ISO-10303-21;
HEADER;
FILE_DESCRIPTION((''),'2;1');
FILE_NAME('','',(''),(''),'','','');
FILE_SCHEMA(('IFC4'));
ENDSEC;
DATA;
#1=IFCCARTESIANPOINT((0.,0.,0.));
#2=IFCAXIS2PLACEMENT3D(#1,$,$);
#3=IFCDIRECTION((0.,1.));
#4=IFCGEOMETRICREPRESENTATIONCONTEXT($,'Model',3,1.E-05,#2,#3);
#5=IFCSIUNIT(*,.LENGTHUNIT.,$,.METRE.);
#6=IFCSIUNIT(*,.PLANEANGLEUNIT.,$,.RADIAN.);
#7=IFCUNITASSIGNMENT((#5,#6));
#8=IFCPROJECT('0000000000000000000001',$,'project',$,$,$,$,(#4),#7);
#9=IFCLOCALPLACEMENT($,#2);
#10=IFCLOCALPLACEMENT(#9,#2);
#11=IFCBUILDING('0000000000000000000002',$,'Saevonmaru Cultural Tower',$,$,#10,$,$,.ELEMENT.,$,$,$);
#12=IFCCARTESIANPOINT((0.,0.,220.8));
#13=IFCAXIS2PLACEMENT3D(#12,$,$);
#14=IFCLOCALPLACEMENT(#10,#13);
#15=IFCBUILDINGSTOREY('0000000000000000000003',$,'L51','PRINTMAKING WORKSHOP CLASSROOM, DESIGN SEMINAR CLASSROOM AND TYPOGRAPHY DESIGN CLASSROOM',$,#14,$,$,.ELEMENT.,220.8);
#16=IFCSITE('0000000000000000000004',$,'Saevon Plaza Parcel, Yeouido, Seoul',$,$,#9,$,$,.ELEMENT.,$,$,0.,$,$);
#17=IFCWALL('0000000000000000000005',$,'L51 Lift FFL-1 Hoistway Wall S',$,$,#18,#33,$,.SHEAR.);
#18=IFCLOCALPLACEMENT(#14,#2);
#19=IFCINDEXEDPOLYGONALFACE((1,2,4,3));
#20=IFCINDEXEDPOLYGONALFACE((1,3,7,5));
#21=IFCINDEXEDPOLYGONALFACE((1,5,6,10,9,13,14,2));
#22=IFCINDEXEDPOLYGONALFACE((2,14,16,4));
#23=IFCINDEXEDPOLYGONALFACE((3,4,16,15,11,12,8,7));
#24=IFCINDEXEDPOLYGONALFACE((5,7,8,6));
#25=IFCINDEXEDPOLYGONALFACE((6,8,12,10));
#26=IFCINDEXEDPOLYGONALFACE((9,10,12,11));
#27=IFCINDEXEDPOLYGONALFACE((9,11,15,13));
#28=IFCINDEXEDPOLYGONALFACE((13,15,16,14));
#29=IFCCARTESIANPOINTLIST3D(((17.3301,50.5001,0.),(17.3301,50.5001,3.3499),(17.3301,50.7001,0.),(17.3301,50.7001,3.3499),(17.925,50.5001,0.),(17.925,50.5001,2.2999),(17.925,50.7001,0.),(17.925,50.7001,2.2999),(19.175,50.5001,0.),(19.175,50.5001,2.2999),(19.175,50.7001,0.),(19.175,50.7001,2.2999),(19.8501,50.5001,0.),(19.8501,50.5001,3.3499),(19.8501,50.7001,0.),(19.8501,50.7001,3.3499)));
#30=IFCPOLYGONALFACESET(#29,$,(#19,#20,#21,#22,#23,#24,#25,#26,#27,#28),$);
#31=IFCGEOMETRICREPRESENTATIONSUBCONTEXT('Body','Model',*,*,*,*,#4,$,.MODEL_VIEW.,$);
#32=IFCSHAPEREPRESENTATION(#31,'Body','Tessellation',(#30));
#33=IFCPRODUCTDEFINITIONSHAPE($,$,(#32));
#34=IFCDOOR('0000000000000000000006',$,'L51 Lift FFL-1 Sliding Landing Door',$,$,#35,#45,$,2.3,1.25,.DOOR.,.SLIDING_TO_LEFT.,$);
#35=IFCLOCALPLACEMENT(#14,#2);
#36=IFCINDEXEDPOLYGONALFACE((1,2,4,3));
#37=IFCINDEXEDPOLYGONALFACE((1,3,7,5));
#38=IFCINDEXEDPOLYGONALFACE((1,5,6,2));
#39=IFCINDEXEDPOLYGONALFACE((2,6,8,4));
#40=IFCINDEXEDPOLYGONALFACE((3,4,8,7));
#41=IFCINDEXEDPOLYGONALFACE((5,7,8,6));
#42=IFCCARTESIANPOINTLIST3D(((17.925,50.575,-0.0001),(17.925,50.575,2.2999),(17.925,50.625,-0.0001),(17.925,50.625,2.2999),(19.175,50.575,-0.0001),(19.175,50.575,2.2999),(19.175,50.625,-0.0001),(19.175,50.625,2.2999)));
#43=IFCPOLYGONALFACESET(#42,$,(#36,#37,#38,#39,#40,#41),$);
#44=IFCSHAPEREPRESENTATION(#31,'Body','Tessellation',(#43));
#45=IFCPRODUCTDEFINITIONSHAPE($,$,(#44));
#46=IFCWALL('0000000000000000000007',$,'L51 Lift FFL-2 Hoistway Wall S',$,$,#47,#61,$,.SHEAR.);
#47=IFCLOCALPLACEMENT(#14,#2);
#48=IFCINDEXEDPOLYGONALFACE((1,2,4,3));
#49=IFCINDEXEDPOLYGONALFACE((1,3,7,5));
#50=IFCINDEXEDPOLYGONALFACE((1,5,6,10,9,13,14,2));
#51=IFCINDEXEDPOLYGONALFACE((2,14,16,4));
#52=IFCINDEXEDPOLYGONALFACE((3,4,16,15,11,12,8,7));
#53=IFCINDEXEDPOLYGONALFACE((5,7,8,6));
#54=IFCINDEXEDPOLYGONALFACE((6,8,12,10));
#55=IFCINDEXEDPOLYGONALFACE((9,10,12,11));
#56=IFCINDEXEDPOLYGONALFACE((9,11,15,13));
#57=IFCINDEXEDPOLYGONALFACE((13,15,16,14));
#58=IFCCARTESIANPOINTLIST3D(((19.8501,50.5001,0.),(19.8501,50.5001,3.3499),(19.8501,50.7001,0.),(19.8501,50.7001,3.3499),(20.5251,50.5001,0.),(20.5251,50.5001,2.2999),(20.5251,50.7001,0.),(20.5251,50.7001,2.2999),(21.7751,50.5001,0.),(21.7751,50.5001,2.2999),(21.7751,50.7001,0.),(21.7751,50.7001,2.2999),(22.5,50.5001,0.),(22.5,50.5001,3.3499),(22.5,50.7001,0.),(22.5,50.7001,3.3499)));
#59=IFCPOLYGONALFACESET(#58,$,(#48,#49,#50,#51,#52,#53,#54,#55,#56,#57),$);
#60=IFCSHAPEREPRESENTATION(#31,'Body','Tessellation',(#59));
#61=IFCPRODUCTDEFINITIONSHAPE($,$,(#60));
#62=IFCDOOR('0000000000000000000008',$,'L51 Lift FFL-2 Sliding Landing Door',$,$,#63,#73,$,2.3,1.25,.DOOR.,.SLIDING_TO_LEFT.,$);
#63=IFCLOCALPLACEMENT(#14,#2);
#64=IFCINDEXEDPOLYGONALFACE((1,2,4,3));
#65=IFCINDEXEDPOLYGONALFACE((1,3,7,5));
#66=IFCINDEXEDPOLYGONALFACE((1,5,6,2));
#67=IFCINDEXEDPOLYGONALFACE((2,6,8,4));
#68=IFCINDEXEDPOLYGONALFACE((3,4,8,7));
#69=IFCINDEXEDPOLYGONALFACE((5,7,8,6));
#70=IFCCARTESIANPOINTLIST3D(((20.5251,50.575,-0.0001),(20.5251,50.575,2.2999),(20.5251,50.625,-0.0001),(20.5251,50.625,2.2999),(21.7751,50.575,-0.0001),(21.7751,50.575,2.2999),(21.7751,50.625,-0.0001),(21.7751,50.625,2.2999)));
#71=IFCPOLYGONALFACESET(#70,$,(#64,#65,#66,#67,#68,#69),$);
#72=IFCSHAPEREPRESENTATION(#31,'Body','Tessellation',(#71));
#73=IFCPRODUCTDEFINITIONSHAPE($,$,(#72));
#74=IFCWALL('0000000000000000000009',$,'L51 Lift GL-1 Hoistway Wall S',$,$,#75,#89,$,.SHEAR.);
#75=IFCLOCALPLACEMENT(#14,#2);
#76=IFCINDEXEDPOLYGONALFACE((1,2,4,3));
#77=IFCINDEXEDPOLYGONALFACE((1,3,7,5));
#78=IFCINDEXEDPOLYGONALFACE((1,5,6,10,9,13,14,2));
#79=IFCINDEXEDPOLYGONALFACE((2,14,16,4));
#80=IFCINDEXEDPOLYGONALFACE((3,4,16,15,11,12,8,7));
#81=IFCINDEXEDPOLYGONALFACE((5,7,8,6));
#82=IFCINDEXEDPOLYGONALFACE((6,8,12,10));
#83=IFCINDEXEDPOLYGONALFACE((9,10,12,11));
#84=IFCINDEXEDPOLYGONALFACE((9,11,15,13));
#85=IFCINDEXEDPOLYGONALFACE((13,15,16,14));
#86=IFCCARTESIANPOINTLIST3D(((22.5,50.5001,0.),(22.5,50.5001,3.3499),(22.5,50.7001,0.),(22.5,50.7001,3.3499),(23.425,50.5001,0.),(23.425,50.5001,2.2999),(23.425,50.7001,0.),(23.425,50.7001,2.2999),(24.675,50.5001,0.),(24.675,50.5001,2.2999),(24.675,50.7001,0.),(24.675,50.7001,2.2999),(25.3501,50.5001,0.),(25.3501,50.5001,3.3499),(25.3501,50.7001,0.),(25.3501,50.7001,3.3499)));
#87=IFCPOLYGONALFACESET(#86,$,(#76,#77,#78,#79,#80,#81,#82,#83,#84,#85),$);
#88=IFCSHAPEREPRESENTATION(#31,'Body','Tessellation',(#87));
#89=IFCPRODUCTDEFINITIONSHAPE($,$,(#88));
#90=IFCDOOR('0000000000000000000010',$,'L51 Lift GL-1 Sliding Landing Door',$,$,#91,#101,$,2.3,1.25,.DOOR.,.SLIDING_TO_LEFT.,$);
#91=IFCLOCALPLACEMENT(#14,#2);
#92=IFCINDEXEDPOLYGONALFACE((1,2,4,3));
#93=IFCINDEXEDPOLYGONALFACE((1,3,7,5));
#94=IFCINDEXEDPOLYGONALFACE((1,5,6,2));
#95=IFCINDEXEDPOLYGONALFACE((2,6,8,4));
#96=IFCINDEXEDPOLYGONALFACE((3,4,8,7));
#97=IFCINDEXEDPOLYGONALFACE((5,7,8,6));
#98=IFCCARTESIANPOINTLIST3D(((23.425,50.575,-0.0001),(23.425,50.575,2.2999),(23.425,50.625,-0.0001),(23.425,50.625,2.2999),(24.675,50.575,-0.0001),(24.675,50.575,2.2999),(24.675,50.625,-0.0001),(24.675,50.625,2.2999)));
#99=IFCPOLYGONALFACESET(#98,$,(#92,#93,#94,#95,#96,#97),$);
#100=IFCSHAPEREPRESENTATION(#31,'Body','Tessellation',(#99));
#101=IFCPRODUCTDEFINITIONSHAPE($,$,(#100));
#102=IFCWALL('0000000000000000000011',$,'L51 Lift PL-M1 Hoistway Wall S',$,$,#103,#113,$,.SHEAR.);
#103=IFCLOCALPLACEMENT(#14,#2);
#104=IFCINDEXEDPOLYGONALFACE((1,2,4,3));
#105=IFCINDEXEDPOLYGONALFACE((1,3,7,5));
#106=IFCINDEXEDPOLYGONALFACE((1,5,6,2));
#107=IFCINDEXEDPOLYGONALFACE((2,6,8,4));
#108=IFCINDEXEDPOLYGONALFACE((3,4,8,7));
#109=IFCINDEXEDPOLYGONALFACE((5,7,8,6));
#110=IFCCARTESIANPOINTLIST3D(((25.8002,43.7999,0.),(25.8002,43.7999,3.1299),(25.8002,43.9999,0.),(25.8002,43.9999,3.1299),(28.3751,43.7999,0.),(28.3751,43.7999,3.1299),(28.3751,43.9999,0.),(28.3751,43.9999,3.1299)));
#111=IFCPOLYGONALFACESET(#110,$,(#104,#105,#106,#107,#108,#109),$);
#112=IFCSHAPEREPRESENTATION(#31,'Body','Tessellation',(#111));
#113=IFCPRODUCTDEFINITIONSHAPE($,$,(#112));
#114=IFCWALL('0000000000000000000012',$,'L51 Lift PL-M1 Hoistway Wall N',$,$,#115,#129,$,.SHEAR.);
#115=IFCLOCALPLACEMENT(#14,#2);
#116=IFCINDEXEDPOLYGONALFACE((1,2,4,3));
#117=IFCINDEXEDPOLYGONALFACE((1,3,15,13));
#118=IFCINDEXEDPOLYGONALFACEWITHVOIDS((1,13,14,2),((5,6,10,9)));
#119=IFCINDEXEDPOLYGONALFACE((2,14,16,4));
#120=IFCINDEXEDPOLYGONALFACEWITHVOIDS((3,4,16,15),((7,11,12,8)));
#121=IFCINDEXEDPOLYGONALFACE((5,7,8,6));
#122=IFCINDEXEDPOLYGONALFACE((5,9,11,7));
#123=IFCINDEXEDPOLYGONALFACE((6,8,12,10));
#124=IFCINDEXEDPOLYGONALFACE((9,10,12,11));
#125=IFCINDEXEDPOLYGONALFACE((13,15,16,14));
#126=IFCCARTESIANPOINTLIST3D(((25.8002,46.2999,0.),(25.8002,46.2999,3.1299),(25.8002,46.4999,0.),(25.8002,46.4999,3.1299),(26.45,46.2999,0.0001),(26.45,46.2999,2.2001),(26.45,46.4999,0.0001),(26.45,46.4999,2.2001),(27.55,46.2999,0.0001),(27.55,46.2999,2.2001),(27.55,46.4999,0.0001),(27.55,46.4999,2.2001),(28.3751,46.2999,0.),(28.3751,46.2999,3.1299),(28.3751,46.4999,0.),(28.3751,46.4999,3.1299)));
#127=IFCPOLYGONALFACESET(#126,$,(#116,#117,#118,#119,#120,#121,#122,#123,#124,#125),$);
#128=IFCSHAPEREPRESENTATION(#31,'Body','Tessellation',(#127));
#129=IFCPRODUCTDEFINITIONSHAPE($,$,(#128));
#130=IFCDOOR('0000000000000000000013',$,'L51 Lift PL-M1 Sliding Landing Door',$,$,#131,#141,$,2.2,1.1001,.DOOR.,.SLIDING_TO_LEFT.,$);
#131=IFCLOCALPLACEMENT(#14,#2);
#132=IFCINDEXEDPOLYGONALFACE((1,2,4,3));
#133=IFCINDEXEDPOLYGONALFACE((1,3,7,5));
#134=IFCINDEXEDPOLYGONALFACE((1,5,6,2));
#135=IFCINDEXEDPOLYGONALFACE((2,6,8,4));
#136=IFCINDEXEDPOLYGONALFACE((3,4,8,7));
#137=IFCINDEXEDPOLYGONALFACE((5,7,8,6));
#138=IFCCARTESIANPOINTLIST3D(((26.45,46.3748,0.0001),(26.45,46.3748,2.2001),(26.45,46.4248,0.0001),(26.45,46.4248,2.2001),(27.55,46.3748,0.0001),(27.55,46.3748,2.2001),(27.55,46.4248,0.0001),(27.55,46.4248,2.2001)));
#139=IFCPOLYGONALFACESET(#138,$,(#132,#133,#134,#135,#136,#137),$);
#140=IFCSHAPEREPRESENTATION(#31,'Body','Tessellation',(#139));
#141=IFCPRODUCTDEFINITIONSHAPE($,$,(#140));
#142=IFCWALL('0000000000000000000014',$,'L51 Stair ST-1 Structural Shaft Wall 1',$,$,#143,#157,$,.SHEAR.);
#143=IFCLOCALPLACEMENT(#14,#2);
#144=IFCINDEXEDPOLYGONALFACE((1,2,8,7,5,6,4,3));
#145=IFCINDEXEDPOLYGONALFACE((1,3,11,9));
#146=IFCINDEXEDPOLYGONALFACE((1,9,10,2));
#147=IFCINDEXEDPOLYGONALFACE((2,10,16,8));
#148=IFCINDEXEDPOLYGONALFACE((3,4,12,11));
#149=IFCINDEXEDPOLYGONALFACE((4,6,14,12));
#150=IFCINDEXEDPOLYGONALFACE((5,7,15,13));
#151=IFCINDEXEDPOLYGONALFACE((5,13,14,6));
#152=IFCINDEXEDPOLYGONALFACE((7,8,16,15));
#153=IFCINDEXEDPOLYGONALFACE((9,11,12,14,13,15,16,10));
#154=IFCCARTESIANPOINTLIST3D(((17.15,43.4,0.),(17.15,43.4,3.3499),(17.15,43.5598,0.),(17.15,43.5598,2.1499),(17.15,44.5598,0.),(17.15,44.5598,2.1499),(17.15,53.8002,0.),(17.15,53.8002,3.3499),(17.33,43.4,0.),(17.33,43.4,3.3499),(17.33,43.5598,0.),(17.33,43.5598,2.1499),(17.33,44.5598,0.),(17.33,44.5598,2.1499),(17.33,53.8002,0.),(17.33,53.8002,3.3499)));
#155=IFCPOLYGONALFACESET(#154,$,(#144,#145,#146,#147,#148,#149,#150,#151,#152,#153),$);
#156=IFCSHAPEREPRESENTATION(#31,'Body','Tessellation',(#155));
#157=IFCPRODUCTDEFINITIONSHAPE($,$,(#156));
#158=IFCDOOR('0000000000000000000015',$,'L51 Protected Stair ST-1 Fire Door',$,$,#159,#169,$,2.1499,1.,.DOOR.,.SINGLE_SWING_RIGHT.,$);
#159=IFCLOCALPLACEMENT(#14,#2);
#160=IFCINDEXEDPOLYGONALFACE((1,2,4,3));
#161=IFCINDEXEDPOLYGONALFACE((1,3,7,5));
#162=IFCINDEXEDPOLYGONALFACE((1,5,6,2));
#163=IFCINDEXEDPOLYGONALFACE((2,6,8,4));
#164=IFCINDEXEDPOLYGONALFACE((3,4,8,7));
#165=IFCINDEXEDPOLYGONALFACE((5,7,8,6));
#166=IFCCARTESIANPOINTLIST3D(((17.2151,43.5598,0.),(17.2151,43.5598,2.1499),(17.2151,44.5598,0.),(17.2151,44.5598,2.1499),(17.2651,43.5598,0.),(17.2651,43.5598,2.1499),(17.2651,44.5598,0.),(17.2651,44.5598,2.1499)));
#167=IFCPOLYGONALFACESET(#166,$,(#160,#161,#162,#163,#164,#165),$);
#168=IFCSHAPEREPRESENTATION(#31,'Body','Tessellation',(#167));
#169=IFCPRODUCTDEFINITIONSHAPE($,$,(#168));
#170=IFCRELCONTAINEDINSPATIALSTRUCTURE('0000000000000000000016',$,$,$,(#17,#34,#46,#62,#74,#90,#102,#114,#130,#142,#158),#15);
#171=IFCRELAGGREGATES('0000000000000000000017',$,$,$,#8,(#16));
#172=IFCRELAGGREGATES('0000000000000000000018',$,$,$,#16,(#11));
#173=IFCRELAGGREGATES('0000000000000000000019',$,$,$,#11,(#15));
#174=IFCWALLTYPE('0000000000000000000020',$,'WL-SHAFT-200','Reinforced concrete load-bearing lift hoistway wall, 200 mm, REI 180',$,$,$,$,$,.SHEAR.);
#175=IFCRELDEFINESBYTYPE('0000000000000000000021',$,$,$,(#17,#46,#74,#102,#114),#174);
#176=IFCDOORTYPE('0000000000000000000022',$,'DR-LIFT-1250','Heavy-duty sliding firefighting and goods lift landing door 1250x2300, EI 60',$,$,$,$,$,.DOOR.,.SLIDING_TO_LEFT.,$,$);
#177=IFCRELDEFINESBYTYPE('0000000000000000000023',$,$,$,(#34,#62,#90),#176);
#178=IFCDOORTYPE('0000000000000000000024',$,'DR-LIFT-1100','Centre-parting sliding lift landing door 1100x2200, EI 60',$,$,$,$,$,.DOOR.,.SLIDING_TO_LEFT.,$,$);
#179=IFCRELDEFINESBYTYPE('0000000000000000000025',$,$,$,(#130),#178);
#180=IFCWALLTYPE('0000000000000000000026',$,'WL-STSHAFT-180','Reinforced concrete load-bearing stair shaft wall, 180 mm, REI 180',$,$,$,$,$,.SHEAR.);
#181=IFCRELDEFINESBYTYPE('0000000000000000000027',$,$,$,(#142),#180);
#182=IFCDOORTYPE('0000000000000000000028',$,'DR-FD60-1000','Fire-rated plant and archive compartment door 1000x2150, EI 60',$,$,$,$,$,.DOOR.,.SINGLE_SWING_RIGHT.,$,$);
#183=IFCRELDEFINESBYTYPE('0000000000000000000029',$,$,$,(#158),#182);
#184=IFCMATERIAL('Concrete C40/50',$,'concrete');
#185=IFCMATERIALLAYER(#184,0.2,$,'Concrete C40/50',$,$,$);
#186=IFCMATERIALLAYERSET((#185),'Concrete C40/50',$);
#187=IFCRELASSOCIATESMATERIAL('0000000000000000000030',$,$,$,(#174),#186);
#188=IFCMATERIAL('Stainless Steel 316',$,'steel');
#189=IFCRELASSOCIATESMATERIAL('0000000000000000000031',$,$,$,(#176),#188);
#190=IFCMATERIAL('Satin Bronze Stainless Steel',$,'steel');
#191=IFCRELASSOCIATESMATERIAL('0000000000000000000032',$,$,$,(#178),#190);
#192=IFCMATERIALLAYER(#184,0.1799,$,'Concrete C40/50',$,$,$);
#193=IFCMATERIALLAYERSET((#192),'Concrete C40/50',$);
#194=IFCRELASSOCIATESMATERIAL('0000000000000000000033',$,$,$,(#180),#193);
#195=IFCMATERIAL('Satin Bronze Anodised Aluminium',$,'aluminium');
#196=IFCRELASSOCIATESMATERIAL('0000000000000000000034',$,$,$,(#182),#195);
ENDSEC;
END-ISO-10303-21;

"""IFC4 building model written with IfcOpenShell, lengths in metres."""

from ifc_helpers import new_model, si_unit, direction, frame, frame_2d, origin, place, context, subcontext, project, spatial, rectangle, extrude, material, layer, layer_set, type_object, element, fill, save


model = new_model("IFC4")

# Units and contexts
model_context = context("Model", 3, precision=1e-05, world=origin(), true_north=direction((0.0, 1.0)))
body_context = subcontext(model_context, "Body", "Model", "MODEL_VIEW")
ifc_project = project(units=[si_unit("LENGTHUNIT", "METRE"), si_unit("PLANEANGLEUNIT", "RADIAN")], contexts=[model_context])

# Site, building, storey
site_placement = place(None, origin())
site = spatial("IfcSite", under=ifc_project, at=site_placement, Name="Saevon Plaza Parcel, Yeouido, Seoul", CompositionType="ELEMENT", RefElevation=0.0)
building_placement = place(site_placement, origin())
building = spatial("IfcBuilding", under=site, at=building_placement, Name="Saevonmaru Cultural Tower", CompositionType="ELEMENT")
storey_placement = place(building_placement, frame((0.0, 0.0, 220.8)))
storey = spatial("IfcBuildingStorey", under=building, at=storey_placement, Name="L51", Description="PRINTMAKING WORKSHOP CLASSROOM, DESIGN SEMINAR CLASSROOM AND TYPOGRAPHY DESIGN CLASSROOM", CompositionType="ELEMENT", Elevation=220.8)

# Shared definitions
ifc_material_1 = material(Name="Satin Bronze Anodised Aluminium", Category="aluminium")

# Walls, openings, doors
ifc_material_2 = material(Name="Concrete C40/50", Category="concrete")
ifc_layer_1 = layer(ifc_material_2, 0.2, Name="Concrete C40/50")
ifc_layer_set_1 = layer_set([ifc_layer_1], Name="Concrete C40/50")
wall_type_1 = type_object("IfcWallType", Name="WL-SHAFT-200", Description="Reinforced concrete load-bearing lift hoistway wall, 200 mm, REI 180", PredefinedType="SHEAR", material=ifc_layer_set_1)
wall_1_placement = place(storey_placement, frame((17.3301, 50.6001, 0.0), z_axis=(0.0, 0.0, 1.0), x_axis=(1.0, 0.0, 0.0)))
wall_1 = element("IfcWall", 1, at=wall_1_placement, inside=storey, type_object=wall_type_1, Name="L51 Lift FFL-1 Hoistway Wall S", PredefinedType="SHEAR", context=body_context, shape_type="SweptSolid", body=[
    extrude(rectangle(XDim=2.52, YDim=0.2, at=frame_2d((1.26, 0.0))), origin(), (0.0, 0.0, 1.0), 3.3499),
])
opening_1_placement = place(wall_1_placement, frame((0.595, 0.0, 0.0)))
opening_1 = element("IfcOpeningElement", 2, at=opening_1_placement, cuts=wall_1, PredefinedType="OPENING", context=body_context, shape_type="SweptSolid", body=[
    extrude(rectangle(XDim=1.25, YDim=2.3, at=frame_2d((0.625, 1.1499))), frame((0.0, 0.1099, 0.0), z_axis=(0.0, -1.0, 0.0), x_axis=(1.0, 0.0, 0.0)), (0.0, 0.0, 1.0), 0.22),
])
ifc_material_3 = material(Name="Stainless Steel 316", Category="steel")
door_type_1 = type_object("IfcDoorType", Name="DR-LIFT-1250", Description="Heavy-duty sliding firefighting and goods lift landing door 1250x2300, EI 60", OperationType="SLIDING_TO_LEFT", PredefinedType="DOOR", material=ifc_material_3)
door_1_placement = place(opening_1_placement, origin())
door_1 = element("IfcDoor", 3, at=door_1_placement, inside=storey, type_object=door_type_1, Name="L51 Lift FFL-1 Sliding Landing Door", OperationType="SLIDING_TO_LEFT", OverallHeight=2.3, OverallWidth=1.25, PredefinedType="DOOR", context=body_context, shape_type="SweptSolid", body=[
    extrude(rectangle(XDim=1.25, YDim=2.3, at=frame_2d((0.625, 1.1499))), frame((0.0, 0.0249, 0.0), z_axis=(0.0, -1.0, 0.0), x_axis=(1.0, 0.0, 0.0)), (0.0, 0.0, 1.0), 0.05),
])
fill(opening_1, door_1)
wall_2_placement = place(storey_placement, frame((19.8501, 50.6001, 0.0), z_axis=(0.0, 0.0, 1.0), x_axis=(1.0, 0.0, 0.0)))
wall_2 = element("IfcWall", 4, at=wall_2_placement, inside=storey, type_object=wall_type_1, Name="L51 Lift FFL-2 Hoistway Wall S", PredefinedType="SHEAR", context=body_context, shape_type="SweptSolid", body=[
    extrude(rectangle(XDim=2.6499, YDim=0.2, at=frame_2d((1.325, 0.0))), origin(), (0.0, 0.0, 1.0), 3.3499),
])
opening_2_placement = place(wall_2_placement, frame((0.675, 0.0, 0.0)))
opening_2 = element("IfcOpeningElement", 5, at=opening_2_placement, cuts=wall_2, PredefinedType="OPENING", context=body_context, shape_type="SweptSolid", body=[
    extrude(rectangle(XDim=1.25, YDim=2.3, at=frame_2d((0.625, 1.1499))), frame((0.0, 0.1099, 0.0), z_axis=(0.0, -1.0, 0.0), x_axis=(1.0, 0.0, 0.0)), (0.0, 0.0, 1.0), 0.22),
])
door_2_placement = place(opening_2_placement, origin())
door_2 = element("IfcDoor", 6, at=door_2_placement, inside=storey, type_object=door_type_1, Name="L51 Lift FFL-2 Sliding Landing Door", OperationType="SLIDING_TO_LEFT", OverallHeight=2.3, OverallWidth=1.25, PredefinedType="DOOR", context=body_context, shape_type="SweptSolid", body=[
    extrude(rectangle(XDim=1.25, YDim=2.3, at=frame_2d((0.625, 1.1499))), frame((0.0, 0.0249, 0.0), z_axis=(0.0, -1.0, 0.0), x_axis=(1.0, 0.0, 0.0)), (0.0, 0.0, 1.0), 0.05),
])
fill(opening_2, door_2)
wall_3_placement = place(storey_placement, frame((22.5, 50.6001, 0.0), z_axis=(0.0, 0.0, 1.0), x_axis=(1.0, 0.0, 0.0)))
wall_3 = element("IfcWall", 7, at=wall_3_placement, inside=storey, type_object=wall_type_1, Name="L51 Lift GL-1 Hoistway Wall S", PredefinedType="SHEAR", context=body_context, shape_type="SweptSolid", body=[
    extrude(rectangle(XDim=2.8501, YDim=0.2, at=frame_2d((1.425, 0.0))), origin(), (0.0, 0.0, 1.0), 3.3499),
])
opening_3_placement = place(wall_3_placement, frame((0.925, 0.0, 0.0)))
opening_3 = element("IfcOpeningElement", 8, at=opening_3_placement, cuts=wall_3, PredefinedType="OPENING", context=body_context, shape_type="SweptSolid", body=[
    extrude(rectangle(XDim=1.25, YDim=2.3, at=frame_2d((0.625, 1.1499))), frame((0.0, 0.1099, 0.0), z_axis=(0.0, -1.0, 0.0), x_axis=(1.0, 0.0, 0.0)), (0.0, 0.0, 1.0), 0.22),
])
door_3_placement = place(opening_3_placement, origin())
door_3 = element("IfcDoor", 9, at=door_3_placement, inside=storey, type_object=door_type_1, Name="L51 Lift GL-1 Sliding Landing Door", OperationType="SLIDING_TO_LEFT", OverallHeight=2.3, OverallWidth=1.25, PredefinedType="DOOR", context=body_context, shape_type="SweptSolid", body=[
    extrude(rectangle(XDim=1.25, YDim=2.3, at=frame_2d((0.625, 1.1499))), frame((0.0, 0.0249, 0.0), z_axis=(0.0, -1.0, 0.0), x_axis=(1.0, 0.0, 0.0)), (0.0, 0.0, 1.0), 0.05),
])
fill(opening_3, door_3)

# Wall
wall_4_placement = place(storey_placement, frame((25.8, 43.8999, 0.0), z_axis=(0.0, 0.0, 1.0), x_axis=(1.0, 0.0, 0.0)))
element("IfcWall", 10, at=wall_4_placement, inside=storey, type_object=wall_type_1, Name="L51 Lift PL-M1 Hoistway Wall S", PredefinedType="SHEAR", context=body_context, shape_type="SweptSolid", body=[
    extrude(rectangle(XDim=2.575, YDim=0.2, at=frame_2d((1.2876, 0.0))), origin(), (0.0, 0.0, 1.0), 3.1299),
])

# Walls, openings, doors
wall_5_placement = place(storey_placement, frame((25.8, 46.3999, 0.0), z_axis=(0.0, 0.0, 1.0), x_axis=(1.0, 0.0, 0.0)))
wall_5 = element("IfcWall", 11, at=wall_5_placement, inside=storey, type_object=wall_type_1, Name="L51 Lift PL-M1 Hoistway Wall N", PredefinedType="SHEAR", context=body_context, shape_type="SweptSolid", body=[
    extrude(rectangle(XDim=2.575, YDim=0.2, at=frame_2d((1.2876, 0.0))), origin(), (0.0, 0.0, 1.0), 3.1299),
])
opening_4_placement = place(wall_5_placement, frame((0.6499, 0.0, 0.0)))
opening_4 = element("IfcOpeningElement", 12, at=opening_4_placement, cuts=wall_5, PredefinedType="OPENING", context=body_context, shape_type="SweptSolid", body=[
    extrude(rectangle(XDim=1.1001, YDim=2.2, at=frame_2d((0.55, 1.1001))), frame((0.0, 0.1099, 0.0), z_axis=(0.0, -1.0, 0.0), x_axis=(1.0, 0.0, 0.0)), (0.0, 0.0, 1.0), 0.22),
])
ifc_material_4 = material(Name="Satin Bronze Stainless Steel", Category="steel")
door_type_2 = type_object("IfcDoorType", Name="DR-LIFT-1100", Description="Centre-parting sliding lift landing door 1100x2200, EI 60", OperationType="SLIDING_TO_LEFT", PredefinedType="DOOR", material=ifc_material_4)
door_4_placement = place(opening_4_placement, origin())
door_4 = element("IfcDoor", 13, at=door_4_placement, inside=storey, type_object=door_type_2, Name="L51 Lift PL-M1 Sliding Landing Door", OperationType="SLIDING_TO_LEFT", OverallHeight=2.2, OverallWidth=1.1001, PredefinedType="DOOR", context=body_context, shape_type="SweptSolid", body=[
    extrude(rectangle(XDim=1.1001, YDim=2.2, at=frame_2d((0.55, 1.1001))), frame((0.0, 0.0249, 0.0), z_axis=(0.0, -1.0, 0.0), x_axis=(1.0, 0.0, 0.0)), (0.0, 0.0, 1.0), 0.05),
])
fill(opening_4, door_4)
ifc_layer_2 = layer(ifc_material_2, 0.1799, Name="Concrete C40/50")
ifc_layer_set_2 = layer_set([ifc_layer_2], Name="Concrete C40/50")
wall_type_2 = type_object("IfcWallType", Name="WL-STSHAFT-180", Description="Reinforced concrete load-bearing stair shaft wall, 180 mm, REI 180", PredefinedType="SHEAR", material=ifc_layer_set_2)
wall_6_placement = place(storey_placement, frame((17.24, 43.3999, 0.0), z_axis=(0.0, 0.0, 1.0), x_axis=(0.0, 1.0, 0.0)))
wall_6 = element("IfcWall", 14, at=wall_6_placement, inside=storey, type_object=wall_type_2, Name="L51 Stair ST-1 Structural Shaft Wall 1", PredefinedType="SHEAR", context=body_context, shape_type="SweptSolid", body=[
    extrude(rectangle(XDim=10.4001, YDim=0.1799, at=frame_2d((5.2002, 0.0))), origin(), (0.0, 0.0, 1.0), 3.3499),
])
opening_5_placement = place(wall_6_placement, frame((0.1599, 0.0, 0.0)))
opening_5 = element("IfcOpeningElement", 15, at=opening_5_placement, cuts=wall_6, PredefinedType="OPENING", context=body_context, shape_type="SweptSolid", body=[
    extrude(rectangle(XDim=1.0, YDim=2.1499, at=frame_2d((0.5, 1.075))), frame((0.0, 0.1001, 0.0), z_axis=(0.0, -1.0, 0.0), x_axis=(1.0, 0.0, 0.0)), (0.0, 0.0, 1.0), 0.2),
])
door_type_3 = type_object("IfcDoorType", Name="DR-FD60-1000", Description="Fire-rated plant and archive compartment door 1000x2150, EI 60", OperationType="SINGLE_SWING_RIGHT", PredefinedType="DOOR", material=ifc_material_1)
door_5_placement = place(opening_5_placement, origin())
door_5 = element("IfcDoor", 16, at=door_5_placement, inside=storey, type_object=door_type_3, Name="L51 Protected Stair ST-1 Fire Door", OperationType="SINGLE_SWING_RIGHT", OverallHeight=2.1499, OverallWidth=1.0, PredefinedType="DOOR", context=body_context, shape_type="SweptSolid", body=[
    extrude(rectangle(XDim=1.0, YDim=2.1499, at=frame_2d((0.5, 1.075))), frame((0.0, 0.0249, 0.0), z_axis=(0.0, -1.0, 0.0), x_axis=(1.0, 0.0, 0.0)), (0.0, 0.0, 1.0), 0.05),
])
fill(opening_5, door_5)

save(model, "model.ifc")
